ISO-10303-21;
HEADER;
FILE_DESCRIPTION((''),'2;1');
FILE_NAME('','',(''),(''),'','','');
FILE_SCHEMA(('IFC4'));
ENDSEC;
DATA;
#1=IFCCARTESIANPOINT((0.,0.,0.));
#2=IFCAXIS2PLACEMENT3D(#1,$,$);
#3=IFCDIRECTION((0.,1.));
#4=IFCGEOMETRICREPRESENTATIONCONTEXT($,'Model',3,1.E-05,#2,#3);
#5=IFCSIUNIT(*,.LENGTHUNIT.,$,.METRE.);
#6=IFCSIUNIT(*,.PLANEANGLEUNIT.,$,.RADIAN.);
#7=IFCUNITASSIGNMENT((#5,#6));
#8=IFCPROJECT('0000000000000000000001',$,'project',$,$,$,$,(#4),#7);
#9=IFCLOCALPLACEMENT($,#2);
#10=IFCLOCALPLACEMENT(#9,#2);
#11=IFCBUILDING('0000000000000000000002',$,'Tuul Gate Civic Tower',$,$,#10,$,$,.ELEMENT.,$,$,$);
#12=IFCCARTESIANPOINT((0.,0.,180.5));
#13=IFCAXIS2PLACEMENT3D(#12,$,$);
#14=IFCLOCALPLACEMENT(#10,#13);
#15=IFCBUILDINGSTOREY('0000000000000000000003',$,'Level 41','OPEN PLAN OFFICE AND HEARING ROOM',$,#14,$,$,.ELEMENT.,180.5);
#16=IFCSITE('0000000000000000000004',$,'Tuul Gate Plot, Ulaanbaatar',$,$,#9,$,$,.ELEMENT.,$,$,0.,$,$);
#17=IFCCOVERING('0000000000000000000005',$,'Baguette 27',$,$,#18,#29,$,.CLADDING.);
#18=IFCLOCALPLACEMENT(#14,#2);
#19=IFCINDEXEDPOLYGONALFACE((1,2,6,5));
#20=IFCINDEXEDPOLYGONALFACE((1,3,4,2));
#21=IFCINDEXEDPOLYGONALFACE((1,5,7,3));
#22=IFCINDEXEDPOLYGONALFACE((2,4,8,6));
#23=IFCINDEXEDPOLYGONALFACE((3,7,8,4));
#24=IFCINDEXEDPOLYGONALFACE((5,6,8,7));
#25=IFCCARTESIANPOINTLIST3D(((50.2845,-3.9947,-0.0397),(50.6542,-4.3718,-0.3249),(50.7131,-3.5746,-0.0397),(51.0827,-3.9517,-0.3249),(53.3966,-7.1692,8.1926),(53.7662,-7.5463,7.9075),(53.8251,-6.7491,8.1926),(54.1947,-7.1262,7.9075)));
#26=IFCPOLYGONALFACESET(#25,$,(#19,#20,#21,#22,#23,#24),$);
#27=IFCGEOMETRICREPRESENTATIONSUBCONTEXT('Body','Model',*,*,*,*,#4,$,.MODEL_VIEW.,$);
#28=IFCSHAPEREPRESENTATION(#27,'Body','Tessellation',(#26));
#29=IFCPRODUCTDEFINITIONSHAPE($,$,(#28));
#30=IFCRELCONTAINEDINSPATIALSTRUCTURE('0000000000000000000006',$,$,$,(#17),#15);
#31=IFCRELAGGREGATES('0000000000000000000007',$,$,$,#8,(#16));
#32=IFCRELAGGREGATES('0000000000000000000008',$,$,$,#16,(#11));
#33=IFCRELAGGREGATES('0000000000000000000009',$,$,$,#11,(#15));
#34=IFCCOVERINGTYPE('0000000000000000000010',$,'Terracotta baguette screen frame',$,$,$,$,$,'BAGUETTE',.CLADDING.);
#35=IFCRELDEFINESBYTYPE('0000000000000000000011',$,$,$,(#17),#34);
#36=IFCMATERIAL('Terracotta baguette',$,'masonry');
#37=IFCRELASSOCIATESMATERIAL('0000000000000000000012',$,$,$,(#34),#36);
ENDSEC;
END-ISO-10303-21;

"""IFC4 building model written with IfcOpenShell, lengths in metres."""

from ifc_helpers import new_model, si_unit, direction, frame, origin, origin_2d, place, context, subcontext, project, spatial, rectangle, extrude, material, material_profile, profile_set, type_object, element, save


model = new_model("IFC4")

# Units and contexts
model_context = context("Model", 3, precision=1e-05, world=origin(), true_north=direction((0.0, 1.0)))
body_context = subcontext(model_context, "Body", "Model", "MODEL_VIEW")
ifc_project = project(units=[si_unit("LENGTHUNIT", "METRE"), si_unit("PLANEANGLEUNIT", "RADIAN")], contexts=[model_context])

# Site, building, storey
site_placement = place(None, origin())
site = spatial("IfcSite", under=ifc_project, at=site_placement, Name="Tuul Gate Plot, Ulaanbaatar", CompositionType="ELEMENT", RefElevation=0.0)
building_placement = place(site_placement, origin())
building = spatial("IfcBuilding", under=site, at=building_placement, Name="Tuul Gate Civic Tower", CompositionType="ELEMENT")
storey_placement = place(building_placement, frame((0.0, 0.0, 180.5)))
storey = spatial("IfcBuildingStorey", under=building, at=storey_placement, Name="Level 41", Description="OPEN PLAN OFFICE AND HEARING ROOM", CompositionType="ELEMENT", Elevation=180.5)

# Covering
ifc_material_1 = material(Name="Terracotta baguette", Category="masonry")
ifc_material_profile_1 = material_profile(ifc_material_1, rectangle(XDim=0.6001, YDim=0.6001, at=origin_2d()), Name="Terracotta baguette screen frame")
ifc_profile_set_1 = profile_set([ifc_material_profile_1], Name="Terracotta baguette")
covering_type = type_object("IfcCoveringType", Name="Terracotta baguette screen frame", ElementType="BAGUETTE", PredefinedType="CLADDING", material=ifc_profile_set_1)
covering_placement = place(storey_placement, frame((53.7957, -7.1477, 8.05), z_axis=(-0.332626, 0.339306, -0.879904), x_axis=(-0.714101, -0.700042, 0.0)))
element("IfcCovering", 1, at=covering_placement, inside=storey, type_object=covering_type, Name="Baguette 27", PredefinedType="CLADDING", context=body_context, shape_type="SweptSolid", body=[
    extrude(rectangle(XDim=0.6001, YDim=0.6001, at=origin_2d()), origin(), (0.0, 0.0, 1.0), 9.356),
])

save(model, "model.ifc")
